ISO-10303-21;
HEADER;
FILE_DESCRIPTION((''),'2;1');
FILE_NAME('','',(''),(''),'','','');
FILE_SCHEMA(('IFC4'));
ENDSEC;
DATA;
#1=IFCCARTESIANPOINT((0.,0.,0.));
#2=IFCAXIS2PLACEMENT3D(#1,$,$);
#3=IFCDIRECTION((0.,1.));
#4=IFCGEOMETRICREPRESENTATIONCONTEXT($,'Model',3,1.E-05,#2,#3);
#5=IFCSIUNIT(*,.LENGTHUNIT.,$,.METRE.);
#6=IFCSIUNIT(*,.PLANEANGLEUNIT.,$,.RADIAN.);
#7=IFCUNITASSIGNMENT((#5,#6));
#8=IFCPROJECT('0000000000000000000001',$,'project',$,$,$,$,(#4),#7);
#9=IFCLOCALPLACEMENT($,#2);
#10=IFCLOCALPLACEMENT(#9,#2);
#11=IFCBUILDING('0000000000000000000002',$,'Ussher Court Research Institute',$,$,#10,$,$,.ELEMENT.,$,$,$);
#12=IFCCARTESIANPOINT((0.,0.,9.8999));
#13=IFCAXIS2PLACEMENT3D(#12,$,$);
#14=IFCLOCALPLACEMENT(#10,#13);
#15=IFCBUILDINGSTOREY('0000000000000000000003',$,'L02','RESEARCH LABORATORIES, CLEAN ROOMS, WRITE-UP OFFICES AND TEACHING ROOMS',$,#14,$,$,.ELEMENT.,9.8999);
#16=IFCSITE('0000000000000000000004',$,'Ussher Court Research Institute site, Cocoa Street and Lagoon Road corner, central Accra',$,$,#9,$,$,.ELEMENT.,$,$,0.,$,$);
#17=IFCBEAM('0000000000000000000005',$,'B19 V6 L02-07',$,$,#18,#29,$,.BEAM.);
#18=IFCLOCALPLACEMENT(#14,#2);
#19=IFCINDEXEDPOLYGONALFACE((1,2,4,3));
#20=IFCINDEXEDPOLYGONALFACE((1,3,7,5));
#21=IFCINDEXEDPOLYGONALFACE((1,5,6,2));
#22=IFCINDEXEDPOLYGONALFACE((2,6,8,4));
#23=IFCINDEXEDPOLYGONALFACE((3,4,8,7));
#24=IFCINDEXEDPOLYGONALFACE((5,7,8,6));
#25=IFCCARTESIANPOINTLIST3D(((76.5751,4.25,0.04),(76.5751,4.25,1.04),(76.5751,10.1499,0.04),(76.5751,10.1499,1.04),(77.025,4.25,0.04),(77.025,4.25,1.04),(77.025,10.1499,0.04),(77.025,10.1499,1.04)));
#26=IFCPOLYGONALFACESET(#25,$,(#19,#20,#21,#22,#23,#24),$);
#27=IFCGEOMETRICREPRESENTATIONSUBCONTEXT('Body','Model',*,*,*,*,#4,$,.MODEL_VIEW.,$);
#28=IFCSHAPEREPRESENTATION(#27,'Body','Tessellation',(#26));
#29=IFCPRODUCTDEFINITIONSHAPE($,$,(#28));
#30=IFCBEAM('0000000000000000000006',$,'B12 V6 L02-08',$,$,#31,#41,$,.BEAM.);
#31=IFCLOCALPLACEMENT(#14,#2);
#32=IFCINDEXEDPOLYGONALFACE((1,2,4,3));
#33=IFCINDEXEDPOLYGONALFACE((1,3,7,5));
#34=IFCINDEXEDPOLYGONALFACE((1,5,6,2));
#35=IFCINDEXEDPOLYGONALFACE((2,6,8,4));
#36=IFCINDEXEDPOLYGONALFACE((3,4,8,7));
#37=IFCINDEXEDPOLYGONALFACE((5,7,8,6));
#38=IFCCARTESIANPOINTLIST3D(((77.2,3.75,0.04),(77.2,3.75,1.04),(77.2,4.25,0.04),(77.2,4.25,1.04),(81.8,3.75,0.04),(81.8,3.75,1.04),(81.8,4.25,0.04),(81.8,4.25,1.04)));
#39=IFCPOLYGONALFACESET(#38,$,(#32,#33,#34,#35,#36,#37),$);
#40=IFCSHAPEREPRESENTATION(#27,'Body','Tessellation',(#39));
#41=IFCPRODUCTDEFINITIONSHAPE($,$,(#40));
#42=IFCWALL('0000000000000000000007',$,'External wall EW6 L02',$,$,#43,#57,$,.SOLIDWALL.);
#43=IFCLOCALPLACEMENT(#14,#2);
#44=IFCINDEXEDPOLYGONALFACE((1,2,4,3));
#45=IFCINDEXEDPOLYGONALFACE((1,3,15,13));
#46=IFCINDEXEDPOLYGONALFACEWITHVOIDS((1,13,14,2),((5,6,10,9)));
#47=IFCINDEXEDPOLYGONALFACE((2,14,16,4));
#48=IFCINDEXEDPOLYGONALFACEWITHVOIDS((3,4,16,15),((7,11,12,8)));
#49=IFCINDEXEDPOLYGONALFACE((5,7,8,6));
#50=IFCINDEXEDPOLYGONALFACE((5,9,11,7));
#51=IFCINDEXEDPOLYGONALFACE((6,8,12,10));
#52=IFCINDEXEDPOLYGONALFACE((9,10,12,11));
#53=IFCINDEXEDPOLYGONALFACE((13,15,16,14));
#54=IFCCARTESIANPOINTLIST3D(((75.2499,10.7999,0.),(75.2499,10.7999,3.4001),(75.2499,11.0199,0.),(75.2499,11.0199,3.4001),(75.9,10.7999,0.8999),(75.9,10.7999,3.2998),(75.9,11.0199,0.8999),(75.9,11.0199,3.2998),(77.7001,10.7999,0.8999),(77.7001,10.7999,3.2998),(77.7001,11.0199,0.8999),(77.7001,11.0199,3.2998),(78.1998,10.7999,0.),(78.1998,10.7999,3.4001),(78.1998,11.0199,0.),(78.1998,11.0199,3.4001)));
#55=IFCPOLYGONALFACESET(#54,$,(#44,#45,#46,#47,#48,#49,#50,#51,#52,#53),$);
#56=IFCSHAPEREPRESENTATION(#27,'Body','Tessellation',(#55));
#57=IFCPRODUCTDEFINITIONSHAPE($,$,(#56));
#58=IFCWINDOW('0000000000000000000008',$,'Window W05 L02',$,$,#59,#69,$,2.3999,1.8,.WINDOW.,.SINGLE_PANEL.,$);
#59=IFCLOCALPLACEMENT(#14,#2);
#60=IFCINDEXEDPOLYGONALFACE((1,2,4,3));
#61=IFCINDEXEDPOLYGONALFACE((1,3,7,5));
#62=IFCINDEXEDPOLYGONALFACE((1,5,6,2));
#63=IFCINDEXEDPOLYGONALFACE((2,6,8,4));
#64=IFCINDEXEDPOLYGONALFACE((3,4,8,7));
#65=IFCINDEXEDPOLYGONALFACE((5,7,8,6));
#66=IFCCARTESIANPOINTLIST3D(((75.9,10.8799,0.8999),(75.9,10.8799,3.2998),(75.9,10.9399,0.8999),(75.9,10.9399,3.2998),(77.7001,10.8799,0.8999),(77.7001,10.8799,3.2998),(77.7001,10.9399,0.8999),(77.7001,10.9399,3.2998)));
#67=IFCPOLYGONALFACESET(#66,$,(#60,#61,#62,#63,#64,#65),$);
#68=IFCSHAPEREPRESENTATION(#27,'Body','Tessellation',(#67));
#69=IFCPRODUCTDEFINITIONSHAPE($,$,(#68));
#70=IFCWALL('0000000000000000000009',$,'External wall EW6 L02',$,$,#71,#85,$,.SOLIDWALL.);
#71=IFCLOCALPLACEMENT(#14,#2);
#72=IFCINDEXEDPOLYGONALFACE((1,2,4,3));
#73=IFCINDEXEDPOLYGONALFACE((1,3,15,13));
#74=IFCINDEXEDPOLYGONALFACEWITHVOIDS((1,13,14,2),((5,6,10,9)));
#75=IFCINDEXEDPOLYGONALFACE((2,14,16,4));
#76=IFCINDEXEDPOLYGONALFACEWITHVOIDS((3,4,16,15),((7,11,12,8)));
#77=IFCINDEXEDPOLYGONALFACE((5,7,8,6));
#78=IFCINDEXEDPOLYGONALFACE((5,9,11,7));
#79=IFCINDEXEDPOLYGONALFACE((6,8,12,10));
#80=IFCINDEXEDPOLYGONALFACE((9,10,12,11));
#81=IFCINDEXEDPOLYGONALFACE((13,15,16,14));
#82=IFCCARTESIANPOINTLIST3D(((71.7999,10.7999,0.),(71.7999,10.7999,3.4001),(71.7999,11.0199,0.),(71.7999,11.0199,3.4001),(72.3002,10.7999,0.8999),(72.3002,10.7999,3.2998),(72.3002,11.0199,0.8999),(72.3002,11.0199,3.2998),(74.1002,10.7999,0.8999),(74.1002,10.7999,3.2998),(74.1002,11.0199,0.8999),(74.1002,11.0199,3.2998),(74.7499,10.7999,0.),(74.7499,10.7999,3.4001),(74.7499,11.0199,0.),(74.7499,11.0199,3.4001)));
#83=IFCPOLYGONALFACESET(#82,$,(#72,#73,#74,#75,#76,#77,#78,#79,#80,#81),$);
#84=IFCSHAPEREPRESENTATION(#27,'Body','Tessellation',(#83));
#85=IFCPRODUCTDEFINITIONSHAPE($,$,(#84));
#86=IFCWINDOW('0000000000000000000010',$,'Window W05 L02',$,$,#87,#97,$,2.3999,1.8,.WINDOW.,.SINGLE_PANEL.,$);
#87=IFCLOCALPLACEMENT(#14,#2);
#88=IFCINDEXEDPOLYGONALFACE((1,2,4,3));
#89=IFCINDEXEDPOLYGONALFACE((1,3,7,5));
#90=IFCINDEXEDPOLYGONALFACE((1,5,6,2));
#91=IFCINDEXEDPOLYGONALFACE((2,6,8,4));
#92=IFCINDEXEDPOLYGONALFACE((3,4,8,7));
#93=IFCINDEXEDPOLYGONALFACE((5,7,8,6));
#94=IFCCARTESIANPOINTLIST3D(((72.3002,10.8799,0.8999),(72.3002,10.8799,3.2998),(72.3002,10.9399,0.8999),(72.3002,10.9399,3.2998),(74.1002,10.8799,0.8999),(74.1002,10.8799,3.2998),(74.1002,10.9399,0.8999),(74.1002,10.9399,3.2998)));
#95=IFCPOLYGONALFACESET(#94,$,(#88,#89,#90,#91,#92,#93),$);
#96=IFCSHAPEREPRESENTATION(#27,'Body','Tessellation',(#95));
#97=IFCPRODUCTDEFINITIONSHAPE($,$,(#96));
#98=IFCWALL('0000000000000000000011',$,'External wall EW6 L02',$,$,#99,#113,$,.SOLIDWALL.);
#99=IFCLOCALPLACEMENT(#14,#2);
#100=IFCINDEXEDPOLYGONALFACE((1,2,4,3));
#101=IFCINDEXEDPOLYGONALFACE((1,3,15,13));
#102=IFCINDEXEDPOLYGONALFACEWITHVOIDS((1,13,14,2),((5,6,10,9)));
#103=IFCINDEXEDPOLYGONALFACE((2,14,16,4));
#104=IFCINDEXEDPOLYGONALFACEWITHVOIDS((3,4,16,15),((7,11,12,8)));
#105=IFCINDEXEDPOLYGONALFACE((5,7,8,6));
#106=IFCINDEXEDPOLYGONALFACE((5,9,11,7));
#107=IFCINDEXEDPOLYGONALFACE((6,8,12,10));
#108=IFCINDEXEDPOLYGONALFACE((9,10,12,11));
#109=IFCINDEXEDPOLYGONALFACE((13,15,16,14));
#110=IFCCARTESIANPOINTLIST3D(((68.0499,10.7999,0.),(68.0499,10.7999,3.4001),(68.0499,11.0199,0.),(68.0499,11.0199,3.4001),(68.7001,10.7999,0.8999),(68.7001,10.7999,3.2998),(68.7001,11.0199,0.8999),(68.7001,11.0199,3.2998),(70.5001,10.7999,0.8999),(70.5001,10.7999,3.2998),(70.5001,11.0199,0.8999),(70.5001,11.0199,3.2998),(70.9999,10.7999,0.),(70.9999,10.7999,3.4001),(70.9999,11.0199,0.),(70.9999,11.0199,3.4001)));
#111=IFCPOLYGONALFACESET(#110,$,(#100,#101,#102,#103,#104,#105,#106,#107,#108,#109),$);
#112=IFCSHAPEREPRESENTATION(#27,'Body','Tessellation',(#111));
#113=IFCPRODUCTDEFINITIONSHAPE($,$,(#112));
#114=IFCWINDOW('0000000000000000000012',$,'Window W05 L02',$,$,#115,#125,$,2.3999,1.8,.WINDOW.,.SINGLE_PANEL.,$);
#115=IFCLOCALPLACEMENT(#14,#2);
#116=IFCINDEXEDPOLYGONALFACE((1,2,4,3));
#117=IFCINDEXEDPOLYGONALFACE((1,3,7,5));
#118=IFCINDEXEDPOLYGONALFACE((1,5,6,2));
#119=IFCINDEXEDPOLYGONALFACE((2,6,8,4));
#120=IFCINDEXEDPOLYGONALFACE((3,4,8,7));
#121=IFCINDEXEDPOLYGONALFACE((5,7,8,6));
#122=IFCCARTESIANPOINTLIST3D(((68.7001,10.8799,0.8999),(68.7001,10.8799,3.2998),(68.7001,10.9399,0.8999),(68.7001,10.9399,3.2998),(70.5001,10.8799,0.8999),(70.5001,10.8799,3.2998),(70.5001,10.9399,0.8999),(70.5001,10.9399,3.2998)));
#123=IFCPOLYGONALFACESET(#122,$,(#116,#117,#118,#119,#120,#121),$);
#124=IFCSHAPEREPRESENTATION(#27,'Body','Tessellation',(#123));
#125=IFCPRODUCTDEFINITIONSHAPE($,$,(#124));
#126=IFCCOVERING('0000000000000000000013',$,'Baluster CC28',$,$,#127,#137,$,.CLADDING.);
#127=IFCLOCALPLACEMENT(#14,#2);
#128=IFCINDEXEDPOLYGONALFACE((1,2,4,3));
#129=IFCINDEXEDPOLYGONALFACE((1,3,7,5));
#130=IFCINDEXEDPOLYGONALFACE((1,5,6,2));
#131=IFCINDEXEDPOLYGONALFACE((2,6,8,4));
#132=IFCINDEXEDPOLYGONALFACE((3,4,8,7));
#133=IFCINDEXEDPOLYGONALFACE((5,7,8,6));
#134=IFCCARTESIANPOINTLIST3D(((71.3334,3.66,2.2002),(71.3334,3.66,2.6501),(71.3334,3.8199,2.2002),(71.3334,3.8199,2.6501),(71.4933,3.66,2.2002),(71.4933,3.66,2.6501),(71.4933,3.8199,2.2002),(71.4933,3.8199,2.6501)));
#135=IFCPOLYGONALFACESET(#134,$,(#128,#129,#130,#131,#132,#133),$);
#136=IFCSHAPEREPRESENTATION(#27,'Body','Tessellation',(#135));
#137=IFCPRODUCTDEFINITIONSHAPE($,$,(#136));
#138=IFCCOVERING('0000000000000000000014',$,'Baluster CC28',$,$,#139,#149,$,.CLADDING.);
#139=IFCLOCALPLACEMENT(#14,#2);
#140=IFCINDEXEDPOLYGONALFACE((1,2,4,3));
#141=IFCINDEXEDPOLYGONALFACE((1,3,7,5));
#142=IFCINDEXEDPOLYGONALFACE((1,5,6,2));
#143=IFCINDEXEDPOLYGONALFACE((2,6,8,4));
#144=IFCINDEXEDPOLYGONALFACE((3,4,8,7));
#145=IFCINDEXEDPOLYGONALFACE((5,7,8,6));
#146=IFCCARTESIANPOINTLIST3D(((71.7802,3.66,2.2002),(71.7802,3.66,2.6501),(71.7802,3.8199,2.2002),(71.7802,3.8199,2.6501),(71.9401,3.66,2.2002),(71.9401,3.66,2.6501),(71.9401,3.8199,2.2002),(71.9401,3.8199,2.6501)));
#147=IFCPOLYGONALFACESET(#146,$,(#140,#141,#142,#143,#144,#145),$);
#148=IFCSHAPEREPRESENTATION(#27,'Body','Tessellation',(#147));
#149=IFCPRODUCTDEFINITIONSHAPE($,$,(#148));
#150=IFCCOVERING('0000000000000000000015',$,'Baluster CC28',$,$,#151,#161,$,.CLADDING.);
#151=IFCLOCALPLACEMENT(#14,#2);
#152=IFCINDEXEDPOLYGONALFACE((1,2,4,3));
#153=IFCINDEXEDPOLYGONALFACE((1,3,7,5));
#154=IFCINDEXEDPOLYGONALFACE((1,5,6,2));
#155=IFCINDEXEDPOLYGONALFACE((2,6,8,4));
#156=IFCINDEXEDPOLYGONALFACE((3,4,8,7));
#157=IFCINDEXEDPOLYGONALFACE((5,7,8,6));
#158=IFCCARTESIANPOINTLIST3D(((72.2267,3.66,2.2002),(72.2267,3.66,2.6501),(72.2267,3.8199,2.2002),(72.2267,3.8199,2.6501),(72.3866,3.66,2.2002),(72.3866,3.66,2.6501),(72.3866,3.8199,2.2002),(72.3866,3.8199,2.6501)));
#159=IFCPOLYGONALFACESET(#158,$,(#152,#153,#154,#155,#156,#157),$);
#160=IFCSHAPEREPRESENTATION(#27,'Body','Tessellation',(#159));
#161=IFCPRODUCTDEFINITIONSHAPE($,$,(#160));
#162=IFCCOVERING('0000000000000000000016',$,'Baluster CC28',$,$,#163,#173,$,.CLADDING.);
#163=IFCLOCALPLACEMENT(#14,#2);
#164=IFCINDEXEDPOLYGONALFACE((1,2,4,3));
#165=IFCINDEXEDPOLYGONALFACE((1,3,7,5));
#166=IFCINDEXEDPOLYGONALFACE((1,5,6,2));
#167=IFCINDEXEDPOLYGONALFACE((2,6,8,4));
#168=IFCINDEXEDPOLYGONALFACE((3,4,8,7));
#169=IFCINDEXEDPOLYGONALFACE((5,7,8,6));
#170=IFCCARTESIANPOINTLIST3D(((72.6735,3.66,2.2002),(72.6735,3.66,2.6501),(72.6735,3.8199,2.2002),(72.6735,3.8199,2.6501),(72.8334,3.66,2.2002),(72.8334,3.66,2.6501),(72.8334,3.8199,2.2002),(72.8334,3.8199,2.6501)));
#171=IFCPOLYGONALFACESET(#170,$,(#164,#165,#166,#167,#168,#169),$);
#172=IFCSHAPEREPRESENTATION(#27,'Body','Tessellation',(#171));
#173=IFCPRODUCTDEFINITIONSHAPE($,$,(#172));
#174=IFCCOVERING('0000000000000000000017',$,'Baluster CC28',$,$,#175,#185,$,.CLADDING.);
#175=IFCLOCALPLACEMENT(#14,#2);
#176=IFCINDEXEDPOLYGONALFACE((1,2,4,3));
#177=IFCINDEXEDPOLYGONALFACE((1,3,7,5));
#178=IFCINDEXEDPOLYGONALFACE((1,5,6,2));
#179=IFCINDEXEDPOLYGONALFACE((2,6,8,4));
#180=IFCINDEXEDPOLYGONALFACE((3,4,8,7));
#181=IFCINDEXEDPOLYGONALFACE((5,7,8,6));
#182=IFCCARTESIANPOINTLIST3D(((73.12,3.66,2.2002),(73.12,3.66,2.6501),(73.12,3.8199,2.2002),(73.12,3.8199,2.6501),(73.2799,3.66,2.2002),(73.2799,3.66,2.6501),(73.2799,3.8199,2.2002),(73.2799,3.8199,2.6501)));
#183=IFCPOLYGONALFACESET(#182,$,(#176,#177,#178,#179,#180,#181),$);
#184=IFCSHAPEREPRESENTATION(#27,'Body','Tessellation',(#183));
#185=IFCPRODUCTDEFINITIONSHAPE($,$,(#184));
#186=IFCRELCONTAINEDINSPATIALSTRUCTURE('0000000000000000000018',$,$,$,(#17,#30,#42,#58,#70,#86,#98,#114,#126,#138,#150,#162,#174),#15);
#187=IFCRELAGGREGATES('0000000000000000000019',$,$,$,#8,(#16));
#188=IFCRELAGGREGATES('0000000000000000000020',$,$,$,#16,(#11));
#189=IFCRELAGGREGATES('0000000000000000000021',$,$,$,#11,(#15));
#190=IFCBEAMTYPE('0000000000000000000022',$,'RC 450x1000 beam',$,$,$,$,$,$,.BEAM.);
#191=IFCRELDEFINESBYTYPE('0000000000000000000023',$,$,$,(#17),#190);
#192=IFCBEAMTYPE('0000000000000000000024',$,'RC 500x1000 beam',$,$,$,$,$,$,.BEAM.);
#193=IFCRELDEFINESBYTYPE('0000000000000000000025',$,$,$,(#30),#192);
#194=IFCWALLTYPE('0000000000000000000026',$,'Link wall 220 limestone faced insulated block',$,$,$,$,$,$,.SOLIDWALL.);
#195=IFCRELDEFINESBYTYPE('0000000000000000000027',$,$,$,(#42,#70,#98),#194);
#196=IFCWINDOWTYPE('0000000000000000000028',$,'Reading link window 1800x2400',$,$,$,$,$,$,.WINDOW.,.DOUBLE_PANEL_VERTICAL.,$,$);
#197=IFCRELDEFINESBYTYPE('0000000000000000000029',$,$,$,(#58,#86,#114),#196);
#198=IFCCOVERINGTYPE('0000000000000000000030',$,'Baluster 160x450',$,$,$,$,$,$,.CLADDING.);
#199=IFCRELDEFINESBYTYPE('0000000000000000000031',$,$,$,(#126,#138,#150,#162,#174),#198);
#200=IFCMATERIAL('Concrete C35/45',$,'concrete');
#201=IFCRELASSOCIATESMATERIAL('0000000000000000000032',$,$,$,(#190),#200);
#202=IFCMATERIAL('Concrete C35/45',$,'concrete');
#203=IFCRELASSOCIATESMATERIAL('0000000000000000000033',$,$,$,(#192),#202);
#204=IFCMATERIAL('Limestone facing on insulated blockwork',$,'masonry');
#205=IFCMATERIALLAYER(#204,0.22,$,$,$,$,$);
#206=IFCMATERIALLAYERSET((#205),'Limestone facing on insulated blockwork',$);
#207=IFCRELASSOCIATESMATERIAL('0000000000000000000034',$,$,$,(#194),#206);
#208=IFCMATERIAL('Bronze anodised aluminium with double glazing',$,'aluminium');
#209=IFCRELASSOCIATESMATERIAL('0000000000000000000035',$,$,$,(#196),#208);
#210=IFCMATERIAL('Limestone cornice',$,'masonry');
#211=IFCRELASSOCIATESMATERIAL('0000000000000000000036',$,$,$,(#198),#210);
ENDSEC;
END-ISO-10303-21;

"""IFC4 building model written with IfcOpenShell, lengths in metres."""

from ifc_helpers import new_model, si_unit, direction, frame, frame_2d, origin, origin_2d, place, context, subcontext, project, spatial, rectangle, extrude, material, layer, layer_set, material_profile, profile_set, type_object, element, fill, save


model = new_model("IFC4")

# Units and contexts
model_context = context("Model", 3, precision=1e-05, world=origin(), true_north=direction((0.0, 1.0)))
body_context = subcontext(model_context, "Body", "Model", "MODEL_VIEW")
ifc_project = project(units=[si_unit("LENGTHUNIT", "METRE"), si_unit("PLANEANGLEUNIT", "RADIAN")], contexts=[model_context])

# Site, building, storey
site_placement = place(None, origin())
site = spatial("IfcSite", under=ifc_project, at=site_placement, Name="Ussher Court Research Institute site, Cocoa Street and Lagoon Road corner, central Accra", CompositionType="ELEMENT", RefElevation=0.0)
building_placement = place(site_placement, origin())
building = spatial("IfcBuilding", under=site, at=building_placement, Name="Ussher Court Research Institute", CompositionType="ELEMENT")
storey_placement = place(building_placement, frame((0.0, 0.0, 9.8999)))
storey = spatial("IfcBuildingStorey", under=building, at=storey_placement, Name="L02", Description="RESEARCH LABORATORIES, CLEAN ROOMS, WRITE-UP OFFICES AND TEACHING ROOMS", CompositionType="ELEMENT", Elevation=9.8999)

# Beams
ifc_material_1 = material(Name="Concrete C35/45", Category="concrete")
ifc_material_profile_1 = material_profile(ifc_material_1, rectangle(XDim=0.45, YDim=1.0, at=origin_2d()), Name="RC 450x1000")
ifc_profile_set_1 = profile_set([ifc_material_profile_1], Name="Concrete C35/45")
beam_type_1 = type_object("IfcBeamType", Name="RC 450x1000 beam", PredefinedType="BEAM", material=ifc_profile_set_1)
beam_1_placement = place(storey_placement, frame((76.8, 4.25, 0.54), z_axis=(0.0, 1.0, 0.0), x_axis=(-1.0, 0.0, 0.0)))
element("IfcBeam", 1, at=beam_1_placement, inside=storey, type_object=beam_type_1, Name="B19 V6 L02-07", PredefinedType="BEAM", context=body_context, shape_type="SweptSolid", body=[
    extrude(rectangle(XDim=0.45, YDim=1.0, at=origin_2d()), origin(), (0.0, 0.0, 1.0), 5.8999),
])
ifc_material_2 = material(Name="Concrete C35/45", Category="concrete")
ifc_material_profile_2 = material_profile(ifc_material_2, rectangle(XDim=0.5, YDim=1.0, at=origin_2d()), Name="RC 500x1000")
ifc_profile_set_2 = profile_set([ifc_material_profile_2], Name="Concrete C35/45")
beam_type_2 = type_object("IfcBeamType", Name="RC 500x1000 beam", PredefinedType="BEAM", material=ifc_profile_set_2)
beam_2_placement = place(storey_placement, frame((77.2, 4.0, 0.54), z_axis=(1.0, 0.0, 0.0), x_axis=(0.0, 1.0, 0.0)))
element("IfcBeam", 2, at=beam_2_placement, inside=storey, type_object=beam_type_2, Name="B12 V6 L02-08", PredefinedType="BEAM", context=body_context, shape_type="SweptSolid", body=[
    extrude(rectangle(XDim=0.5, YDim=1.0, at=origin_2d()), origin(), (0.0, 0.0, 1.0), 4.6001),
])

# Walls, openings, windows
ifc_material_3 = material(Name="Limestone facing on insulated blockwork", Category="masonry")
ifc_layer_1 = layer(ifc_material_3, 0.22)
ifc_layer_set_1 = layer_set([ifc_layer_1], Name="Limestone facing on insulated blockwork")
wall_type = type_object("IfcWallType", Name="Link wall 220 limestone faced insulated block", PredefinedType="SOLIDWALL", material=ifc_layer_set_1)
wall_1_placement = place(storey_placement, frame((78.2, 10.9099, 0.0), z_axis=(0.0, 0.0, 1.0), x_axis=(-1.0, 0.0, 0.0)))
wall_1 = element("IfcWall", 3, at=wall_1_placement, inside=storey, type_object=wall_type, Name="External wall EW6 L02", PredefinedType="SOLIDWALL", context=body_context, shape_type="SweptSolid", body=[
    extrude(rectangle(XDim=2.95, YDim=0.22, at=frame_2d((1.4751, 0.0))), origin(), (0.0, 0.0, 1.0), 3.4001),
])
opening_1_placement = place(wall_1_placement, frame((0.5, 0.0, 0.8999)))
opening_1 = element("IfcOpeningElement", 4, at=opening_1_placement, cuts=wall_1, PredefinedType="OPENING", context=body_context, shape_type="SweptSolid", body=[
    extrude(rectangle(XDim=1.8, YDim=2.3999, at=frame_2d((0.8999, 1.2))), frame((0.0, 0.1201, 0.0), z_axis=(0.0, -1.0, 0.0), x_axis=(1.0, 0.0, 0.0)), (0.0, 0.0, 1.0), 0.24),
])
ifc_material_4 = material(Name="Bronze anodised aluminium with double glazing", Category="aluminium")
window_type = type_object("IfcWindowType", Name="Reading link window 1800x2400", PartitioningType="DOUBLE_PANEL_VERTICAL", PredefinedType="WINDOW", material=ifc_material_4)
window_1_placement = place(opening_1_placement, origin())
window_1 = element("IfcWindow", 5, at=window_1_placement, inside=storey, type_object=window_type, Name="Window W05 L02", OverallHeight=2.3999, OverallWidth=1.8, PartitioningType="SINGLE_PANEL", PredefinedType="WINDOW", context=body_context, shape_type="SweptSolid", body=[
    extrude(rectangle(XDim=1.8, YDim=2.3999, at=frame_2d((0.8999, 1.2))), frame((0.0, 0.03, 0.0), z_axis=(0.0, -1.0, 0.0), x_axis=(1.0, 0.0, 0.0)), (0.0, 0.0, 1.0), 0.0601),
])
fill(opening_1, window_1)
wall_2_placement = place(storey_placement, frame((74.75, 10.9099, 0.0), z_axis=(0.0, 0.0, 1.0), x_axis=(-1.0, 0.0, 0.0)))
wall_2 = element("IfcWall", 6, at=wall_2_placement, inside=storey, type_object=wall_type, Name="External wall EW6 L02", PredefinedType="SOLIDWALL", context=body_context, shape_type="SweptSolid", body=[
    extrude(rectangle(XDim=2.95, YDim=0.22, at=frame_2d((1.4751, 0.0))), origin(), (0.0, 0.0, 1.0), 3.4001),
])
opening_2_placement = place(wall_2_placement, frame((0.6499, 0.0, 0.8999)))
opening_2 = element("IfcOpeningElement", 7, at=opening_2_placement, cuts=wall_2, PredefinedType="OPENING", context=body_context, shape_type="SweptSolid", body=[
    extrude(rectangle(XDim=1.8, YDim=2.3999, at=frame_2d((0.8999, 1.2))), frame((0.0, 0.1201, 0.0), z_axis=(0.0, -1.0, 0.0), x_axis=(1.0, 0.0, 0.0)), (0.0, 0.0, 1.0), 0.24),
])
window_2_placement = place(opening_2_placement, origin())
window_2 = element("IfcWindow", 8, at=window_2_placement, inside=storey, type_object=window_type, Name="Window W05 L02", OverallHeight=2.3999, OverallWidth=1.8, PartitioningType="SINGLE_PANEL", PredefinedType="WINDOW", context=body_context, shape_type="SweptSolid", body=[
    extrude(rectangle(XDim=1.8, YDim=2.3999, at=frame_2d((0.8999, 1.2))), frame((0.0, 0.03, 0.0), z_axis=(0.0, -1.0, 0.0), x_axis=(1.0, 0.0, 0.0)), (0.0, 0.0, 1.0), 0.0601),
])
fill(opening_2, window_2)
wall_3_placement = place(storey_placement, frame((71.0, 10.9099, 0.0), z_axis=(0.0, 0.0, 1.0), x_axis=(-1.0, 0.0, 0.0)))
wall_3 = element("IfcWall", 9, at=wall_3_placement, inside=storey, type_object=wall_type, Name="External wall EW6 L02", PredefinedType="SOLIDWALL", context=body_context, shape_type="SweptSolid", body=[
    extrude(rectangle(XDim=2.95, YDim=0.22, at=frame_2d((1.4751, 0.0))), origin(), (0.0, 0.0, 1.0), 3.4001),
])
opening_3_placement = place(wall_3_placement, frame((0.5, 0.0, 0.8999)))
opening_3 = element("IfcOpeningElement", 10, at=opening_3_placement, cuts=wall_3, PredefinedType="OPENING", context=body_context, shape_type="SweptSolid", body=[
    extrude(rectangle(XDim=1.8, YDim=2.3999, at=frame_2d((0.8999, 1.2))), frame((0.0, 0.1201, 0.0), z_axis=(0.0, -1.0, 0.0), x_axis=(1.0, 0.0, 0.0)), (0.0, 0.0, 1.0), 0.24),
])
window_3_placement = place(opening_3_placement, origin())
window_3 = element("IfcWindow", 11, at=window_3_placement, inside=storey, type_object=window_type, Name="Window W05 L02", OverallHeight=2.3999, OverallWidth=1.8, PartitioningType="SINGLE_PANEL", PredefinedType="WINDOW", context=body_context, shape_type="SweptSolid", body=[
    extrude(rectangle(XDim=1.8, YDim=2.3999, at=frame_2d((0.8999, 1.2))), frame((0.0, 0.03, 0.0), z_axis=(0.0, -1.0, 0.0), x_axis=(1.0, 0.0, 0.0)), (0.0, 0.0, 1.0), 0.0601),
])
fill(opening_3, window_3)

# Coverings
ifc_material_5 = material(Name="Limestone cornice", Category="masonry")
covering_type_1 = type_object("IfcCoveringType", Name="Baluster 160x450", PredefinedType="CLADDING", material=ifc_material_5)
for number, where, z_axis, x_axis, name in (
    (12, (71.4133, 3.74, 2.2002), (0.0, 0.0, 1.0), (1.0, 0.0, 0.0), "Baluster CC28"),
    (13, (71.8601, 3.74, 2.2002), (0.0, 0.0, 1.0), (1.0, 0.0, 0.0), "Baluster CC28"),
    (14, (72.3066, 3.74, 2.2002), (0.0, 0.0, 1.0), (1.0, 0.0, 0.0), "Baluster CC28"),
    (15, (72.7534, 3.74, 2.2002), (0.0, 0.0, 1.0), (1.0, 0.0, 0.0), "Baluster CC28"),
    (16, (73.2, 3.74, 2.2002), (0.0, 0.0, 1.0), (1.0, 0.0, 0.0), "Baluster CC28"),
):
    element("IfcCovering", number, at=place(storey_placement, frame(where, z_axis=z_axis, x_axis=x_axis)), inside=storey, type_object=covering_type_1, Name=name, PredefinedType="CLADDING", context=body_context, shape_type="SweptSolid", body=[
        extrude(rectangle(XDim=0.1599, YDim=0.1599, at=origin_2d()), origin(), (0.0, 0.0, 1.0), 0.45),
    ])

save(model, "model.ifc")
